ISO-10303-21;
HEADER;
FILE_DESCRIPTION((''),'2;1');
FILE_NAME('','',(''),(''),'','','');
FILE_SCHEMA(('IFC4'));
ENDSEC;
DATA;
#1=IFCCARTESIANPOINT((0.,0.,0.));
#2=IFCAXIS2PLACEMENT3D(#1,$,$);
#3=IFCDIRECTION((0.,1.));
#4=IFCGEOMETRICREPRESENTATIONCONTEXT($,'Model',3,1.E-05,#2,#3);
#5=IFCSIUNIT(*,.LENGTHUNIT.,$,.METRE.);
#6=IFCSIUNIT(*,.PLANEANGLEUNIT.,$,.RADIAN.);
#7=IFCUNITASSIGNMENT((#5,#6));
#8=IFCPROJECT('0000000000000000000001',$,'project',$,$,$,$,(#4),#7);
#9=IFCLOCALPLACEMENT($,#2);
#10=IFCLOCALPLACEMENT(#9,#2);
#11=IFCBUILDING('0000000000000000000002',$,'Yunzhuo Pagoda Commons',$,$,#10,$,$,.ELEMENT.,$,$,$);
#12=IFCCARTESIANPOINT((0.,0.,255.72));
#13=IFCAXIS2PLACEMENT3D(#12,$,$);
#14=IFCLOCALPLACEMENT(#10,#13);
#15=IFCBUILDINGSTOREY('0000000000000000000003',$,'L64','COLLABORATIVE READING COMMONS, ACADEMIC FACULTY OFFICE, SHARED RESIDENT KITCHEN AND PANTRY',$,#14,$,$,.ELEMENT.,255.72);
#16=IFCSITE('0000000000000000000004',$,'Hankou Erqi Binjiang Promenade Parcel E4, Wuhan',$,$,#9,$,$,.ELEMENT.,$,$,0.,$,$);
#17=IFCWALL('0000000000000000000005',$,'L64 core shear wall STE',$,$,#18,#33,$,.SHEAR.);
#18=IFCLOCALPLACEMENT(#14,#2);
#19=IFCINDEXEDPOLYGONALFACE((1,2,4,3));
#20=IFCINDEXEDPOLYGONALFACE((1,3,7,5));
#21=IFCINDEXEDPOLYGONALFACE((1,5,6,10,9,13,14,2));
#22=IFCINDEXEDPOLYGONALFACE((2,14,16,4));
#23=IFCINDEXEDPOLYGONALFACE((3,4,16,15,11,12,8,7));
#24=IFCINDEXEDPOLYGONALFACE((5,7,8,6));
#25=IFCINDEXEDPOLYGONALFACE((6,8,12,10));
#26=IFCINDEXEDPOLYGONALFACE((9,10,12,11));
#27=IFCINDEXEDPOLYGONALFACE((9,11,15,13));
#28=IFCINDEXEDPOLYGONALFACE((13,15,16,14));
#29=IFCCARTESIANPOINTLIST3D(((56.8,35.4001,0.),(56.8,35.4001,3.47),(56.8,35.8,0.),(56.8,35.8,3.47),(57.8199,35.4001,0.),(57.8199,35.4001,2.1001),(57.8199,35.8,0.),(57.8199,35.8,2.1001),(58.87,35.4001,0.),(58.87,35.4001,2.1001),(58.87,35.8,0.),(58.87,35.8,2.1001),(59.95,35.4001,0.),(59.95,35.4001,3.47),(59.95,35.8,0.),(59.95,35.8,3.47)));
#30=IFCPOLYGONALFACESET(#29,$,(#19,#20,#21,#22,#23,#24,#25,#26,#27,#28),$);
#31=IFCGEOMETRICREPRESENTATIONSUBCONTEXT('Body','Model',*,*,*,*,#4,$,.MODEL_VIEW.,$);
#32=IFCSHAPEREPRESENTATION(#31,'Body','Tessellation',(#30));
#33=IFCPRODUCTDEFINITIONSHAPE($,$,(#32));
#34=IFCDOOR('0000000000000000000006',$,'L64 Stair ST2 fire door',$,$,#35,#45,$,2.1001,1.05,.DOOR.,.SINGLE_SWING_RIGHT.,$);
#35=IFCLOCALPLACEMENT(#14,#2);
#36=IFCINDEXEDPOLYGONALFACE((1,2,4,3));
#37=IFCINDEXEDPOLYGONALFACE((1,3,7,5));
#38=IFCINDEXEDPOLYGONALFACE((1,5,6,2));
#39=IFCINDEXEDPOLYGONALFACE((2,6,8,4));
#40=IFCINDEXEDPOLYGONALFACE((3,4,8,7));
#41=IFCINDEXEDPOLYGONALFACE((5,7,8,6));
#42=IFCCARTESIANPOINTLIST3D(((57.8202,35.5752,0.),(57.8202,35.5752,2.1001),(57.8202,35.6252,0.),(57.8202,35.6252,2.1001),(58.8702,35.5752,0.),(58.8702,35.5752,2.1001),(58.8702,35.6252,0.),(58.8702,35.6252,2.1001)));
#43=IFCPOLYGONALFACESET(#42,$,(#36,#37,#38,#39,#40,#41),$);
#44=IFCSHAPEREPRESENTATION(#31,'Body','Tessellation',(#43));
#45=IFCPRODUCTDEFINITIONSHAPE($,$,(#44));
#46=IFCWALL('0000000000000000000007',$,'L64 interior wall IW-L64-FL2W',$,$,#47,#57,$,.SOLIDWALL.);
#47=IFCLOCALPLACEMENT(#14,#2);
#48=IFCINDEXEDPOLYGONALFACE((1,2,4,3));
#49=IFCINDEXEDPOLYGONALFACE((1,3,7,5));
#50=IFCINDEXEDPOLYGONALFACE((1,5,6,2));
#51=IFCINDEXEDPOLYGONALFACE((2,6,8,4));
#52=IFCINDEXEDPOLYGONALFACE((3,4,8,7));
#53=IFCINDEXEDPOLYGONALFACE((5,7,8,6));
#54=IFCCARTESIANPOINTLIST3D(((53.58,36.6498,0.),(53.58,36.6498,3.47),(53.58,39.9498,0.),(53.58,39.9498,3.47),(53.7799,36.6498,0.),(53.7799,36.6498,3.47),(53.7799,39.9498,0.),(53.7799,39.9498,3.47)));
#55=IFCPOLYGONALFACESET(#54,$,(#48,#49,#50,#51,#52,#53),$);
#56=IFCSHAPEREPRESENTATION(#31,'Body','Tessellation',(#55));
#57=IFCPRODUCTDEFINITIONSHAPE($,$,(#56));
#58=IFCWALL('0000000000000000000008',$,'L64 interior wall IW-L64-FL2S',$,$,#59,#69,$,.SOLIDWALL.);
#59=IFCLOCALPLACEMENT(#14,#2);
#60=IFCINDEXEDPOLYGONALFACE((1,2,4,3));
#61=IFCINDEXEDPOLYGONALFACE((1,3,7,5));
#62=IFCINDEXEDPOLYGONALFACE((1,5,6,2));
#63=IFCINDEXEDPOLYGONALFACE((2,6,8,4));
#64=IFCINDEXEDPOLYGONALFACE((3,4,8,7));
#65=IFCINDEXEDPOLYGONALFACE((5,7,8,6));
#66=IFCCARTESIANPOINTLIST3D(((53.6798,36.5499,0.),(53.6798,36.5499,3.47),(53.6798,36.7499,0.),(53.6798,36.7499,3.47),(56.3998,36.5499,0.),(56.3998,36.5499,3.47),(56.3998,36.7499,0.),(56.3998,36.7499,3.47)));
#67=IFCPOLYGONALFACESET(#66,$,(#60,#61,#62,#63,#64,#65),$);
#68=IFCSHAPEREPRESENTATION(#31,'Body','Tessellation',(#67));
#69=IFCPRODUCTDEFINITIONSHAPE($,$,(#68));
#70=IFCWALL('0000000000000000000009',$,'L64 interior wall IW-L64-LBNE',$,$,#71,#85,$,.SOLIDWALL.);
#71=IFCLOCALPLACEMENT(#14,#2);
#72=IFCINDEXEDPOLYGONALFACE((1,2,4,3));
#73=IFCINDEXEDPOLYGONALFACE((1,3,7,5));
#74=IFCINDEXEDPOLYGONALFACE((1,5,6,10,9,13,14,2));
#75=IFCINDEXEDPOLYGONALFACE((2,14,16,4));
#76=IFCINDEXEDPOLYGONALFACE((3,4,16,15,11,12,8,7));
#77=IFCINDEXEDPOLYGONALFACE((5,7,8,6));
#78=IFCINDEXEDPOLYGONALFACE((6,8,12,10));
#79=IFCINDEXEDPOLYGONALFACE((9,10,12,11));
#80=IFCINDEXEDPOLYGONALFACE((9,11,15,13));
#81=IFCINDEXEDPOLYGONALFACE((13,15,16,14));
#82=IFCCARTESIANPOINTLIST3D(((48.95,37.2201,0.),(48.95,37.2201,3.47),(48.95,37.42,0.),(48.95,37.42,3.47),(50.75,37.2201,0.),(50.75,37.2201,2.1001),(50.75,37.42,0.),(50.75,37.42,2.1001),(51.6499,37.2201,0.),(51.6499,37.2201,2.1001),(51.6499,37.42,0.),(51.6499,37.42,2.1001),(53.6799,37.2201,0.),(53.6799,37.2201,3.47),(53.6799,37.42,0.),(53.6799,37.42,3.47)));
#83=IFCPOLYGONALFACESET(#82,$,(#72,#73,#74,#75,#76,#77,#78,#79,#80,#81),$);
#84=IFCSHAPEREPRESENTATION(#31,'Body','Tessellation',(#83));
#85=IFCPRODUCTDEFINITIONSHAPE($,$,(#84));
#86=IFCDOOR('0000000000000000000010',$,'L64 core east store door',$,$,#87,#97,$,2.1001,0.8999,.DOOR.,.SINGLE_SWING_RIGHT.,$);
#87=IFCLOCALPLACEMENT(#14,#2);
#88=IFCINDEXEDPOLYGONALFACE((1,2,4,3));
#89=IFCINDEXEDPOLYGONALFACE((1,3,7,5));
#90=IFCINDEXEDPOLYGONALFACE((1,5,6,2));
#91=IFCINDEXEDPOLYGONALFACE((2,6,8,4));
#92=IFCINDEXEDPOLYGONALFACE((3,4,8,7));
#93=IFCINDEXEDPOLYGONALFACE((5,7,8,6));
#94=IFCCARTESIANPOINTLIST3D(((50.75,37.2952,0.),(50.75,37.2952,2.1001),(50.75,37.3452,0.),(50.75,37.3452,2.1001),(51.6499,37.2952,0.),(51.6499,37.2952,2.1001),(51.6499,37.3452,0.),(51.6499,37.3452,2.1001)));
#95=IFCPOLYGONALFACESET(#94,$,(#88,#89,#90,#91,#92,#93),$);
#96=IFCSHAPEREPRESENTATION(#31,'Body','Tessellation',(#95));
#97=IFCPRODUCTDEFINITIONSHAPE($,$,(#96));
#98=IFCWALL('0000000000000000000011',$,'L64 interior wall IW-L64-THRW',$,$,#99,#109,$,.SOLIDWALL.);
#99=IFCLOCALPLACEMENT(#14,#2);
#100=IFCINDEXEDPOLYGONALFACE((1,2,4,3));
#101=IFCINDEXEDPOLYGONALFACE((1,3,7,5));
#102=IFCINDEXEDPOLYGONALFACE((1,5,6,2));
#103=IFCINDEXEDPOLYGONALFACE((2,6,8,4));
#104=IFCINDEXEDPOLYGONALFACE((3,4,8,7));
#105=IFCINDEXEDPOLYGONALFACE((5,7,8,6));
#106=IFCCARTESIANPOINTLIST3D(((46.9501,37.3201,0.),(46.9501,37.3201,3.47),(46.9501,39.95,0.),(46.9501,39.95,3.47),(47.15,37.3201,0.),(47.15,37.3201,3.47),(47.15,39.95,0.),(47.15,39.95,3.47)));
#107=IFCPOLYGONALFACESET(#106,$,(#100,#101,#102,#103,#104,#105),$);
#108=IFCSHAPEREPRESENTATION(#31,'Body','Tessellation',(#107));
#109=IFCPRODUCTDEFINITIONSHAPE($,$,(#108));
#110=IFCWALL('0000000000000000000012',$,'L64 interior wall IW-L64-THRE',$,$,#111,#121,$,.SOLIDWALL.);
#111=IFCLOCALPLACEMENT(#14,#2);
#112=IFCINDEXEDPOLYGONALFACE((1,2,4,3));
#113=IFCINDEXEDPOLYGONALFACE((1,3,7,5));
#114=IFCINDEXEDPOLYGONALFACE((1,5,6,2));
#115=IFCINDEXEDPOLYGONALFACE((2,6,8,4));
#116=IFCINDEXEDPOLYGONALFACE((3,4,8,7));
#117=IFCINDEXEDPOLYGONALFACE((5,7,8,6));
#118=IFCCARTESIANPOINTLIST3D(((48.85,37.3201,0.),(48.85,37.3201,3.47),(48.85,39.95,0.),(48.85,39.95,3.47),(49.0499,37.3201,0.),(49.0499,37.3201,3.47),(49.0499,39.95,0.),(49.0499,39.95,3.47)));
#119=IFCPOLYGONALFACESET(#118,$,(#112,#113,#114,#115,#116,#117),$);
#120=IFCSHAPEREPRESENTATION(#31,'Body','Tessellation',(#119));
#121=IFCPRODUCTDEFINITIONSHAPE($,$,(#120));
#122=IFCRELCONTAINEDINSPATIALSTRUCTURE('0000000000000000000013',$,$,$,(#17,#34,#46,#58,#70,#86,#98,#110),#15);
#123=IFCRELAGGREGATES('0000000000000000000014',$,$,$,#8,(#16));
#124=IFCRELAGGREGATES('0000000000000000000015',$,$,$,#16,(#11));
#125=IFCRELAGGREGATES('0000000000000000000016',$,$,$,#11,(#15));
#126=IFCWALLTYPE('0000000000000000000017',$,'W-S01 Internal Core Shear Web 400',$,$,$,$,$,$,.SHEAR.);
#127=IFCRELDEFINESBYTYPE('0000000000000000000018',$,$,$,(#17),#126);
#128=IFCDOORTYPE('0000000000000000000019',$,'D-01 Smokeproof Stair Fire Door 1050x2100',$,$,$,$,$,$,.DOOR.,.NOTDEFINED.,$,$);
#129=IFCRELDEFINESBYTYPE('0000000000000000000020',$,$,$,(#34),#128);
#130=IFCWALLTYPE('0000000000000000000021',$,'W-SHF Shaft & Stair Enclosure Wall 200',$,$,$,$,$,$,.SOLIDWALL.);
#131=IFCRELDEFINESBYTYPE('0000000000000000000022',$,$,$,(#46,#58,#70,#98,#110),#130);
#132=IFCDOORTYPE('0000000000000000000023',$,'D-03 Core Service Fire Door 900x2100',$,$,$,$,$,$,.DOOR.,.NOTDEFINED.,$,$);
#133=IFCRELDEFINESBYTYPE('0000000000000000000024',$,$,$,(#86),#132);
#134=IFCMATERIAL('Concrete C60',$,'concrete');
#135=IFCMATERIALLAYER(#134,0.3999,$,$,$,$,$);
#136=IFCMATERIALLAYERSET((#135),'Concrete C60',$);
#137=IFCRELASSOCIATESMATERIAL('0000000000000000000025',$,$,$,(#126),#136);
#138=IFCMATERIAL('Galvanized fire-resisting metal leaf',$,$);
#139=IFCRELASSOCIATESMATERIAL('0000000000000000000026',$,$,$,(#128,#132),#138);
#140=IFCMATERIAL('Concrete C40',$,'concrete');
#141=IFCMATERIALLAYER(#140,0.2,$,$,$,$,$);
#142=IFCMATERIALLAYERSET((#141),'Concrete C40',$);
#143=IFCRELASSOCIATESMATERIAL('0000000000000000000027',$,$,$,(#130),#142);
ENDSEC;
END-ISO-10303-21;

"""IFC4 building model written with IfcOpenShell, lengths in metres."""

from ifc_helpers import new_model, si_unit, direction, frame, frame_2d, origin, place, context, subcontext, project, spatial, rectangle, extrude, source, transform, mapped, material, layer, layer_set, type_object, element, fill, save


model = new_model("IFC4")

# Units and contexts
model_context = context("Model", 3, precision=1e-05, world=origin(), true_north=direction((0.0, 1.0)))
body_context = subcontext(model_context, "Body", "Model", "MODEL_VIEW")
ifc_project = project(units=[si_unit("LENGTHUNIT", "METRE"), si_unit("PLANEANGLEUNIT", "RADIAN")], contexts=[model_context])

# Site, building, storey
site_placement = place(None, origin())
site = spatial("IfcSite", under=ifc_project, at=site_placement, Name="Hankou Erqi Binjiang Promenade Parcel E4, Wuhan", CompositionType="ELEMENT", RefElevation=0.0)
building_placement = place(site_placement, origin())
building = spatial("IfcBuilding", under=site, at=building_placement, Name="Yunzhuo Pagoda Commons", CompositionType="ELEMENT")
storey_placement = place(building_placement, frame((0.0, 0.0, 255.72)))
storey = spatial("IfcBuildingStorey", under=building, at=storey_placement, Name="L64", Description="COLLABORATIVE READING COMMONS, ACADEMIC FACULTY OFFICE, SHARED RESIDENT KITCHEN AND PANTRY", CompositionType="ELEMENT", Elevation=255.72)

# Shared definitions
ifc_material_1 = material(Name="Galvanized fire-resisting metal leaf")
shared_shape_1 = source(origin(), body_context, "Body", "SweptSolid", [
    extrude(rectangle(XDim=1.05, YDim=2.1001, at=frame_2d((0.5249, 1.05))), frame((0.0, 0.0249, 0.0), z_axis=(0.0, -1.0, 0.0), x_axis=(1.0, 0.0, 0.0)), (0.0, 0.0, 1.0), 0.05),
])

# Wall, opening, door
ifc_material_2 = material(Name="Concrete C60", Category="concrete")
ifc_layer_1 = layer(ifc_material_2, 0.3999)
ifc_layer_set_1 = layer_set([ifc_layer_1], Name="Concrete C60")
wall_type_1 = type_object("IfcWallType", Name="W-S01 Internal Core Shear Web 400", PredefinedType="SHEAR", material=ifc_layer_set_1)
wall_1_placement = place(storey_placement, frame((56.8, 35.6001, 0.0), z_axis=(0.0, 0.0, 1.0), x_axis=(1.0, 0.0, 0.0)))
wall_1 = element("IfcWall", 1, at=wall_1_placement, inside=storey, type_object=wall_type_1, Name="L64 core shear wall STE", PredefinedType="SHEAR", context=body_context, shape_type="SweptSolid", body=[
    extrude(rectangle(XDim=3.1499, YDim=0.3999, at=frame_2d((1.575, 0.0))), origin(), (0.0, 0.0, 1.0), 3.47),
])
opening_1_placement = place(wall_1_placement, frame((1.02, 0.0, 0.0)))
opening_1 = element("IfcOpeningElement", 2, at=opening_1_placement, cuts=wall_1, PredefinedType="OPENING", context=body_context, shape_type="SweptSolid", body=[
    extrude(rectangle(XDim=1.05, YDim=2.1001, at=frame_2d((0.5249, 1.05))), frame((0.0, 0.21, 0.0), z_axis=(0.0, -1.0, 0.0), x_axis=(1.0, 0.0, 0.0)), (0.0, 0.0, 1.0), 0.4199),
])
door_type_1 = type_object("IfcDoorType", Name="D-01 Smokeproof Stair Fire Door 1050x2100", OperationType="NOTDEFINED", PredefinedType="DOOR", material=ifc_material_1)
door_1_placement = place(opening_1_placement, frame((1.05, 0.0, 0.0), z_axis=(0.0, 0.0, 1.0), x_axis=(-1.0, 0.0, 0.0)))
door_1 = element("IfcDoor", 3, at=door_1_placement, inside=storey, type_object=door_type_1, Name="L64 Stair ST2 fire door", OperationType="SINGLE_SWING_RIGHT", OverallHeight=2.1001, OverallWidth=1.05, PredefinedType="DOOR", context=body_context, shape_type="MappedRepresentation", body=[
    mapped(shared_shape_1, transform((0.0, 0.0, 0.0), scale=1.0)),
])
fill(opening_1, door_1)

# Walls
ifc_material_3 = material(Name="Concrete C40", Category="concrete")
ifc_layer_2 = layer(ifc_material_3, 0.2)
ifc_layer_set_2 = layer_set([ifc_layer_2], Name="Concrete C40")
wall_type_2 = type_object("IfcWallType", Name="W-SHF Shaft & Stair Enclosure Wall 200", PredefinedType="SOLIDWALL", material=ifc_layer_set_2)
wall_2_placement = place(storey_placement, frame((53.6799, 36.6499, 0.0), z_axis=(0.0, 0.0, 1.0), x_axis=(0.0, 1.0, 0.0)))
element("IfcWall", 4, at=wall_2_placement, inside=storey, type_object=wall_type_2, Name="L64 interior wall IW-L64-FL2W", PredefinedType="SOLIDWALL", context=body_context, shape_type="SweptSolid", body=[
    extrude(rectangle(XDim=3.3, YDim=0.2, at=frame_2d((1.6499, 0.0))), origin(), (0.0, 0.0, 1.0), 3.47),
])
wall_3_placement = place(storey_placement, frame((53.6799, 36.6499, 0.0), z_axis=(0.0, 0.0, 1.0), x_axis=(1.0, 0.0, 0.0)))
element("IfcWall", 5, at=wall_3_placement, inside=storey, type_object=wall_type_2, Name="L64 interior wall IW-L64-FL2S", PredefinedType="SOLIDWALL", context=body_context, shape_type="SweptSolid", body=[
    extrude(rectangle(XDim=2.72, YDim=0.2, at=frame_2d((1.3599, 0.0))), origin(), (0.0, 0.0, 1.0), 3.47),
])

# Wall, opening, door
wall_4_placement = place(storey_placement, frame((48.95, 37.3201, 0.0), z_axis=(0.0, 0.0, 1.0), x_axis=(1.0, 0.0, 0.0)))
wall_4 = element("IfcWall", 6, at=wall_4_placement, inside=storey, type_object=wall_type_2, Name="L64 interior wall IW-L64-LBNE", PredefinedType="SOLIDWALL", context=body_context, shape_type="SweptSolid", body=[
    extrude(rectangle(XDim=4.73, YDim=0.2, at=frame_2d((2.365, 0.0))), origin(), (0.0, 0.0, 1.0), 3.47),
])
opening_2_placement = place(wall_4_placement, frame((1.8, 0.0, 0.0)))
opening_2 = element("IfcOpeningElement", 7, at=opening_2_placement, cuts=wall_4, PredefinedType="OPENING", context=body_context, shape_type="SweptSolid", body=[
    extrude(rectangle(XDim=0.8999, YDim=2.1001, at=frame_2d((0.45, 1.05))), frame((0.0, 0.1099, 0.0), z_axis=(0.0, -1.0, 0.0), x_axis=(1.0, 0.0, 0.0)), (0.0, 0.0, 1.0), 0.22),
])
door_type_2 = type_object("IfcDoorType", Name="D-03 Core Service Fire Door 900x2100", OperationType="NOTDEFINED", PredefinedType="DOOR", material=ifc_material_1)
shared_shape_2 = source(origin(), body_context, "Body", "SweptSolid", [
    extrude(rectangle(XDim=0.8999, YDim=2.1001, at=frame_2d((0.45, 1.05))), frame((0.0, 0.0249, 0.0), z_axis=(0.0, -1.0, 0.0), x_axis=(1.0, 0.0, 0.0)), (0.0, 0.0, 1.0), 0.05),
])
door_2_placement = place(opening_2_placement, frame((0.8999, 0.0, 0.0), z_axis=(0.0, 0.0, 1.0), x_axis=(-1.0, 0.0, 0.0)))
door_2 = element("IfcDoor", 8, at=door_2_placement, inside=storey, type_object=door_type_2, Name="L64 core east store door", OperationType="SINGLE_SWING_RIGHT", OverallHeight=2.1001, OverallWidth=0.8999, PredefinedType="DOOR", context=body_context, shape_type="MappedRepresentation", body=[
    mapped(shared_shape_2, transform((0.0, 0.0, 0.0), scale=1.0)),
])
fill(opening_2, door_2)

# Walls
for number, where, z_axis, x_axis, name in (
    (9, (47.05, 37.3201, 0.0), (0.0, 0.0, 1.0), (0.0, 1.0, 0.0), "L64 interior wall IW-L64-THRW"),
    (10, (48.95, 37.3201, 0.0), (0.0, 0.0, 1.0), (0.0, 1.0, 0.0), "L64 interior wall IW-L64-THRE"),
):
    element("IfcWall", number, at=place(storey_placement, frame(where, z_axis=z_axis, x_axis=x_axis)), inside=storey, type_object=wall_type_2, Name=name, PredefinedType="SOLIDWALL", context=body_context, shape_type="SweptSolid", body=[
        extrude(rectangle(XDim=2.6299, YDim=0.2, at=frame_2d((1.3149, 0.0))), origin(), (0.0, 0.0, 1.0), 3.47),
    ])

save(model, "model.ifc")
